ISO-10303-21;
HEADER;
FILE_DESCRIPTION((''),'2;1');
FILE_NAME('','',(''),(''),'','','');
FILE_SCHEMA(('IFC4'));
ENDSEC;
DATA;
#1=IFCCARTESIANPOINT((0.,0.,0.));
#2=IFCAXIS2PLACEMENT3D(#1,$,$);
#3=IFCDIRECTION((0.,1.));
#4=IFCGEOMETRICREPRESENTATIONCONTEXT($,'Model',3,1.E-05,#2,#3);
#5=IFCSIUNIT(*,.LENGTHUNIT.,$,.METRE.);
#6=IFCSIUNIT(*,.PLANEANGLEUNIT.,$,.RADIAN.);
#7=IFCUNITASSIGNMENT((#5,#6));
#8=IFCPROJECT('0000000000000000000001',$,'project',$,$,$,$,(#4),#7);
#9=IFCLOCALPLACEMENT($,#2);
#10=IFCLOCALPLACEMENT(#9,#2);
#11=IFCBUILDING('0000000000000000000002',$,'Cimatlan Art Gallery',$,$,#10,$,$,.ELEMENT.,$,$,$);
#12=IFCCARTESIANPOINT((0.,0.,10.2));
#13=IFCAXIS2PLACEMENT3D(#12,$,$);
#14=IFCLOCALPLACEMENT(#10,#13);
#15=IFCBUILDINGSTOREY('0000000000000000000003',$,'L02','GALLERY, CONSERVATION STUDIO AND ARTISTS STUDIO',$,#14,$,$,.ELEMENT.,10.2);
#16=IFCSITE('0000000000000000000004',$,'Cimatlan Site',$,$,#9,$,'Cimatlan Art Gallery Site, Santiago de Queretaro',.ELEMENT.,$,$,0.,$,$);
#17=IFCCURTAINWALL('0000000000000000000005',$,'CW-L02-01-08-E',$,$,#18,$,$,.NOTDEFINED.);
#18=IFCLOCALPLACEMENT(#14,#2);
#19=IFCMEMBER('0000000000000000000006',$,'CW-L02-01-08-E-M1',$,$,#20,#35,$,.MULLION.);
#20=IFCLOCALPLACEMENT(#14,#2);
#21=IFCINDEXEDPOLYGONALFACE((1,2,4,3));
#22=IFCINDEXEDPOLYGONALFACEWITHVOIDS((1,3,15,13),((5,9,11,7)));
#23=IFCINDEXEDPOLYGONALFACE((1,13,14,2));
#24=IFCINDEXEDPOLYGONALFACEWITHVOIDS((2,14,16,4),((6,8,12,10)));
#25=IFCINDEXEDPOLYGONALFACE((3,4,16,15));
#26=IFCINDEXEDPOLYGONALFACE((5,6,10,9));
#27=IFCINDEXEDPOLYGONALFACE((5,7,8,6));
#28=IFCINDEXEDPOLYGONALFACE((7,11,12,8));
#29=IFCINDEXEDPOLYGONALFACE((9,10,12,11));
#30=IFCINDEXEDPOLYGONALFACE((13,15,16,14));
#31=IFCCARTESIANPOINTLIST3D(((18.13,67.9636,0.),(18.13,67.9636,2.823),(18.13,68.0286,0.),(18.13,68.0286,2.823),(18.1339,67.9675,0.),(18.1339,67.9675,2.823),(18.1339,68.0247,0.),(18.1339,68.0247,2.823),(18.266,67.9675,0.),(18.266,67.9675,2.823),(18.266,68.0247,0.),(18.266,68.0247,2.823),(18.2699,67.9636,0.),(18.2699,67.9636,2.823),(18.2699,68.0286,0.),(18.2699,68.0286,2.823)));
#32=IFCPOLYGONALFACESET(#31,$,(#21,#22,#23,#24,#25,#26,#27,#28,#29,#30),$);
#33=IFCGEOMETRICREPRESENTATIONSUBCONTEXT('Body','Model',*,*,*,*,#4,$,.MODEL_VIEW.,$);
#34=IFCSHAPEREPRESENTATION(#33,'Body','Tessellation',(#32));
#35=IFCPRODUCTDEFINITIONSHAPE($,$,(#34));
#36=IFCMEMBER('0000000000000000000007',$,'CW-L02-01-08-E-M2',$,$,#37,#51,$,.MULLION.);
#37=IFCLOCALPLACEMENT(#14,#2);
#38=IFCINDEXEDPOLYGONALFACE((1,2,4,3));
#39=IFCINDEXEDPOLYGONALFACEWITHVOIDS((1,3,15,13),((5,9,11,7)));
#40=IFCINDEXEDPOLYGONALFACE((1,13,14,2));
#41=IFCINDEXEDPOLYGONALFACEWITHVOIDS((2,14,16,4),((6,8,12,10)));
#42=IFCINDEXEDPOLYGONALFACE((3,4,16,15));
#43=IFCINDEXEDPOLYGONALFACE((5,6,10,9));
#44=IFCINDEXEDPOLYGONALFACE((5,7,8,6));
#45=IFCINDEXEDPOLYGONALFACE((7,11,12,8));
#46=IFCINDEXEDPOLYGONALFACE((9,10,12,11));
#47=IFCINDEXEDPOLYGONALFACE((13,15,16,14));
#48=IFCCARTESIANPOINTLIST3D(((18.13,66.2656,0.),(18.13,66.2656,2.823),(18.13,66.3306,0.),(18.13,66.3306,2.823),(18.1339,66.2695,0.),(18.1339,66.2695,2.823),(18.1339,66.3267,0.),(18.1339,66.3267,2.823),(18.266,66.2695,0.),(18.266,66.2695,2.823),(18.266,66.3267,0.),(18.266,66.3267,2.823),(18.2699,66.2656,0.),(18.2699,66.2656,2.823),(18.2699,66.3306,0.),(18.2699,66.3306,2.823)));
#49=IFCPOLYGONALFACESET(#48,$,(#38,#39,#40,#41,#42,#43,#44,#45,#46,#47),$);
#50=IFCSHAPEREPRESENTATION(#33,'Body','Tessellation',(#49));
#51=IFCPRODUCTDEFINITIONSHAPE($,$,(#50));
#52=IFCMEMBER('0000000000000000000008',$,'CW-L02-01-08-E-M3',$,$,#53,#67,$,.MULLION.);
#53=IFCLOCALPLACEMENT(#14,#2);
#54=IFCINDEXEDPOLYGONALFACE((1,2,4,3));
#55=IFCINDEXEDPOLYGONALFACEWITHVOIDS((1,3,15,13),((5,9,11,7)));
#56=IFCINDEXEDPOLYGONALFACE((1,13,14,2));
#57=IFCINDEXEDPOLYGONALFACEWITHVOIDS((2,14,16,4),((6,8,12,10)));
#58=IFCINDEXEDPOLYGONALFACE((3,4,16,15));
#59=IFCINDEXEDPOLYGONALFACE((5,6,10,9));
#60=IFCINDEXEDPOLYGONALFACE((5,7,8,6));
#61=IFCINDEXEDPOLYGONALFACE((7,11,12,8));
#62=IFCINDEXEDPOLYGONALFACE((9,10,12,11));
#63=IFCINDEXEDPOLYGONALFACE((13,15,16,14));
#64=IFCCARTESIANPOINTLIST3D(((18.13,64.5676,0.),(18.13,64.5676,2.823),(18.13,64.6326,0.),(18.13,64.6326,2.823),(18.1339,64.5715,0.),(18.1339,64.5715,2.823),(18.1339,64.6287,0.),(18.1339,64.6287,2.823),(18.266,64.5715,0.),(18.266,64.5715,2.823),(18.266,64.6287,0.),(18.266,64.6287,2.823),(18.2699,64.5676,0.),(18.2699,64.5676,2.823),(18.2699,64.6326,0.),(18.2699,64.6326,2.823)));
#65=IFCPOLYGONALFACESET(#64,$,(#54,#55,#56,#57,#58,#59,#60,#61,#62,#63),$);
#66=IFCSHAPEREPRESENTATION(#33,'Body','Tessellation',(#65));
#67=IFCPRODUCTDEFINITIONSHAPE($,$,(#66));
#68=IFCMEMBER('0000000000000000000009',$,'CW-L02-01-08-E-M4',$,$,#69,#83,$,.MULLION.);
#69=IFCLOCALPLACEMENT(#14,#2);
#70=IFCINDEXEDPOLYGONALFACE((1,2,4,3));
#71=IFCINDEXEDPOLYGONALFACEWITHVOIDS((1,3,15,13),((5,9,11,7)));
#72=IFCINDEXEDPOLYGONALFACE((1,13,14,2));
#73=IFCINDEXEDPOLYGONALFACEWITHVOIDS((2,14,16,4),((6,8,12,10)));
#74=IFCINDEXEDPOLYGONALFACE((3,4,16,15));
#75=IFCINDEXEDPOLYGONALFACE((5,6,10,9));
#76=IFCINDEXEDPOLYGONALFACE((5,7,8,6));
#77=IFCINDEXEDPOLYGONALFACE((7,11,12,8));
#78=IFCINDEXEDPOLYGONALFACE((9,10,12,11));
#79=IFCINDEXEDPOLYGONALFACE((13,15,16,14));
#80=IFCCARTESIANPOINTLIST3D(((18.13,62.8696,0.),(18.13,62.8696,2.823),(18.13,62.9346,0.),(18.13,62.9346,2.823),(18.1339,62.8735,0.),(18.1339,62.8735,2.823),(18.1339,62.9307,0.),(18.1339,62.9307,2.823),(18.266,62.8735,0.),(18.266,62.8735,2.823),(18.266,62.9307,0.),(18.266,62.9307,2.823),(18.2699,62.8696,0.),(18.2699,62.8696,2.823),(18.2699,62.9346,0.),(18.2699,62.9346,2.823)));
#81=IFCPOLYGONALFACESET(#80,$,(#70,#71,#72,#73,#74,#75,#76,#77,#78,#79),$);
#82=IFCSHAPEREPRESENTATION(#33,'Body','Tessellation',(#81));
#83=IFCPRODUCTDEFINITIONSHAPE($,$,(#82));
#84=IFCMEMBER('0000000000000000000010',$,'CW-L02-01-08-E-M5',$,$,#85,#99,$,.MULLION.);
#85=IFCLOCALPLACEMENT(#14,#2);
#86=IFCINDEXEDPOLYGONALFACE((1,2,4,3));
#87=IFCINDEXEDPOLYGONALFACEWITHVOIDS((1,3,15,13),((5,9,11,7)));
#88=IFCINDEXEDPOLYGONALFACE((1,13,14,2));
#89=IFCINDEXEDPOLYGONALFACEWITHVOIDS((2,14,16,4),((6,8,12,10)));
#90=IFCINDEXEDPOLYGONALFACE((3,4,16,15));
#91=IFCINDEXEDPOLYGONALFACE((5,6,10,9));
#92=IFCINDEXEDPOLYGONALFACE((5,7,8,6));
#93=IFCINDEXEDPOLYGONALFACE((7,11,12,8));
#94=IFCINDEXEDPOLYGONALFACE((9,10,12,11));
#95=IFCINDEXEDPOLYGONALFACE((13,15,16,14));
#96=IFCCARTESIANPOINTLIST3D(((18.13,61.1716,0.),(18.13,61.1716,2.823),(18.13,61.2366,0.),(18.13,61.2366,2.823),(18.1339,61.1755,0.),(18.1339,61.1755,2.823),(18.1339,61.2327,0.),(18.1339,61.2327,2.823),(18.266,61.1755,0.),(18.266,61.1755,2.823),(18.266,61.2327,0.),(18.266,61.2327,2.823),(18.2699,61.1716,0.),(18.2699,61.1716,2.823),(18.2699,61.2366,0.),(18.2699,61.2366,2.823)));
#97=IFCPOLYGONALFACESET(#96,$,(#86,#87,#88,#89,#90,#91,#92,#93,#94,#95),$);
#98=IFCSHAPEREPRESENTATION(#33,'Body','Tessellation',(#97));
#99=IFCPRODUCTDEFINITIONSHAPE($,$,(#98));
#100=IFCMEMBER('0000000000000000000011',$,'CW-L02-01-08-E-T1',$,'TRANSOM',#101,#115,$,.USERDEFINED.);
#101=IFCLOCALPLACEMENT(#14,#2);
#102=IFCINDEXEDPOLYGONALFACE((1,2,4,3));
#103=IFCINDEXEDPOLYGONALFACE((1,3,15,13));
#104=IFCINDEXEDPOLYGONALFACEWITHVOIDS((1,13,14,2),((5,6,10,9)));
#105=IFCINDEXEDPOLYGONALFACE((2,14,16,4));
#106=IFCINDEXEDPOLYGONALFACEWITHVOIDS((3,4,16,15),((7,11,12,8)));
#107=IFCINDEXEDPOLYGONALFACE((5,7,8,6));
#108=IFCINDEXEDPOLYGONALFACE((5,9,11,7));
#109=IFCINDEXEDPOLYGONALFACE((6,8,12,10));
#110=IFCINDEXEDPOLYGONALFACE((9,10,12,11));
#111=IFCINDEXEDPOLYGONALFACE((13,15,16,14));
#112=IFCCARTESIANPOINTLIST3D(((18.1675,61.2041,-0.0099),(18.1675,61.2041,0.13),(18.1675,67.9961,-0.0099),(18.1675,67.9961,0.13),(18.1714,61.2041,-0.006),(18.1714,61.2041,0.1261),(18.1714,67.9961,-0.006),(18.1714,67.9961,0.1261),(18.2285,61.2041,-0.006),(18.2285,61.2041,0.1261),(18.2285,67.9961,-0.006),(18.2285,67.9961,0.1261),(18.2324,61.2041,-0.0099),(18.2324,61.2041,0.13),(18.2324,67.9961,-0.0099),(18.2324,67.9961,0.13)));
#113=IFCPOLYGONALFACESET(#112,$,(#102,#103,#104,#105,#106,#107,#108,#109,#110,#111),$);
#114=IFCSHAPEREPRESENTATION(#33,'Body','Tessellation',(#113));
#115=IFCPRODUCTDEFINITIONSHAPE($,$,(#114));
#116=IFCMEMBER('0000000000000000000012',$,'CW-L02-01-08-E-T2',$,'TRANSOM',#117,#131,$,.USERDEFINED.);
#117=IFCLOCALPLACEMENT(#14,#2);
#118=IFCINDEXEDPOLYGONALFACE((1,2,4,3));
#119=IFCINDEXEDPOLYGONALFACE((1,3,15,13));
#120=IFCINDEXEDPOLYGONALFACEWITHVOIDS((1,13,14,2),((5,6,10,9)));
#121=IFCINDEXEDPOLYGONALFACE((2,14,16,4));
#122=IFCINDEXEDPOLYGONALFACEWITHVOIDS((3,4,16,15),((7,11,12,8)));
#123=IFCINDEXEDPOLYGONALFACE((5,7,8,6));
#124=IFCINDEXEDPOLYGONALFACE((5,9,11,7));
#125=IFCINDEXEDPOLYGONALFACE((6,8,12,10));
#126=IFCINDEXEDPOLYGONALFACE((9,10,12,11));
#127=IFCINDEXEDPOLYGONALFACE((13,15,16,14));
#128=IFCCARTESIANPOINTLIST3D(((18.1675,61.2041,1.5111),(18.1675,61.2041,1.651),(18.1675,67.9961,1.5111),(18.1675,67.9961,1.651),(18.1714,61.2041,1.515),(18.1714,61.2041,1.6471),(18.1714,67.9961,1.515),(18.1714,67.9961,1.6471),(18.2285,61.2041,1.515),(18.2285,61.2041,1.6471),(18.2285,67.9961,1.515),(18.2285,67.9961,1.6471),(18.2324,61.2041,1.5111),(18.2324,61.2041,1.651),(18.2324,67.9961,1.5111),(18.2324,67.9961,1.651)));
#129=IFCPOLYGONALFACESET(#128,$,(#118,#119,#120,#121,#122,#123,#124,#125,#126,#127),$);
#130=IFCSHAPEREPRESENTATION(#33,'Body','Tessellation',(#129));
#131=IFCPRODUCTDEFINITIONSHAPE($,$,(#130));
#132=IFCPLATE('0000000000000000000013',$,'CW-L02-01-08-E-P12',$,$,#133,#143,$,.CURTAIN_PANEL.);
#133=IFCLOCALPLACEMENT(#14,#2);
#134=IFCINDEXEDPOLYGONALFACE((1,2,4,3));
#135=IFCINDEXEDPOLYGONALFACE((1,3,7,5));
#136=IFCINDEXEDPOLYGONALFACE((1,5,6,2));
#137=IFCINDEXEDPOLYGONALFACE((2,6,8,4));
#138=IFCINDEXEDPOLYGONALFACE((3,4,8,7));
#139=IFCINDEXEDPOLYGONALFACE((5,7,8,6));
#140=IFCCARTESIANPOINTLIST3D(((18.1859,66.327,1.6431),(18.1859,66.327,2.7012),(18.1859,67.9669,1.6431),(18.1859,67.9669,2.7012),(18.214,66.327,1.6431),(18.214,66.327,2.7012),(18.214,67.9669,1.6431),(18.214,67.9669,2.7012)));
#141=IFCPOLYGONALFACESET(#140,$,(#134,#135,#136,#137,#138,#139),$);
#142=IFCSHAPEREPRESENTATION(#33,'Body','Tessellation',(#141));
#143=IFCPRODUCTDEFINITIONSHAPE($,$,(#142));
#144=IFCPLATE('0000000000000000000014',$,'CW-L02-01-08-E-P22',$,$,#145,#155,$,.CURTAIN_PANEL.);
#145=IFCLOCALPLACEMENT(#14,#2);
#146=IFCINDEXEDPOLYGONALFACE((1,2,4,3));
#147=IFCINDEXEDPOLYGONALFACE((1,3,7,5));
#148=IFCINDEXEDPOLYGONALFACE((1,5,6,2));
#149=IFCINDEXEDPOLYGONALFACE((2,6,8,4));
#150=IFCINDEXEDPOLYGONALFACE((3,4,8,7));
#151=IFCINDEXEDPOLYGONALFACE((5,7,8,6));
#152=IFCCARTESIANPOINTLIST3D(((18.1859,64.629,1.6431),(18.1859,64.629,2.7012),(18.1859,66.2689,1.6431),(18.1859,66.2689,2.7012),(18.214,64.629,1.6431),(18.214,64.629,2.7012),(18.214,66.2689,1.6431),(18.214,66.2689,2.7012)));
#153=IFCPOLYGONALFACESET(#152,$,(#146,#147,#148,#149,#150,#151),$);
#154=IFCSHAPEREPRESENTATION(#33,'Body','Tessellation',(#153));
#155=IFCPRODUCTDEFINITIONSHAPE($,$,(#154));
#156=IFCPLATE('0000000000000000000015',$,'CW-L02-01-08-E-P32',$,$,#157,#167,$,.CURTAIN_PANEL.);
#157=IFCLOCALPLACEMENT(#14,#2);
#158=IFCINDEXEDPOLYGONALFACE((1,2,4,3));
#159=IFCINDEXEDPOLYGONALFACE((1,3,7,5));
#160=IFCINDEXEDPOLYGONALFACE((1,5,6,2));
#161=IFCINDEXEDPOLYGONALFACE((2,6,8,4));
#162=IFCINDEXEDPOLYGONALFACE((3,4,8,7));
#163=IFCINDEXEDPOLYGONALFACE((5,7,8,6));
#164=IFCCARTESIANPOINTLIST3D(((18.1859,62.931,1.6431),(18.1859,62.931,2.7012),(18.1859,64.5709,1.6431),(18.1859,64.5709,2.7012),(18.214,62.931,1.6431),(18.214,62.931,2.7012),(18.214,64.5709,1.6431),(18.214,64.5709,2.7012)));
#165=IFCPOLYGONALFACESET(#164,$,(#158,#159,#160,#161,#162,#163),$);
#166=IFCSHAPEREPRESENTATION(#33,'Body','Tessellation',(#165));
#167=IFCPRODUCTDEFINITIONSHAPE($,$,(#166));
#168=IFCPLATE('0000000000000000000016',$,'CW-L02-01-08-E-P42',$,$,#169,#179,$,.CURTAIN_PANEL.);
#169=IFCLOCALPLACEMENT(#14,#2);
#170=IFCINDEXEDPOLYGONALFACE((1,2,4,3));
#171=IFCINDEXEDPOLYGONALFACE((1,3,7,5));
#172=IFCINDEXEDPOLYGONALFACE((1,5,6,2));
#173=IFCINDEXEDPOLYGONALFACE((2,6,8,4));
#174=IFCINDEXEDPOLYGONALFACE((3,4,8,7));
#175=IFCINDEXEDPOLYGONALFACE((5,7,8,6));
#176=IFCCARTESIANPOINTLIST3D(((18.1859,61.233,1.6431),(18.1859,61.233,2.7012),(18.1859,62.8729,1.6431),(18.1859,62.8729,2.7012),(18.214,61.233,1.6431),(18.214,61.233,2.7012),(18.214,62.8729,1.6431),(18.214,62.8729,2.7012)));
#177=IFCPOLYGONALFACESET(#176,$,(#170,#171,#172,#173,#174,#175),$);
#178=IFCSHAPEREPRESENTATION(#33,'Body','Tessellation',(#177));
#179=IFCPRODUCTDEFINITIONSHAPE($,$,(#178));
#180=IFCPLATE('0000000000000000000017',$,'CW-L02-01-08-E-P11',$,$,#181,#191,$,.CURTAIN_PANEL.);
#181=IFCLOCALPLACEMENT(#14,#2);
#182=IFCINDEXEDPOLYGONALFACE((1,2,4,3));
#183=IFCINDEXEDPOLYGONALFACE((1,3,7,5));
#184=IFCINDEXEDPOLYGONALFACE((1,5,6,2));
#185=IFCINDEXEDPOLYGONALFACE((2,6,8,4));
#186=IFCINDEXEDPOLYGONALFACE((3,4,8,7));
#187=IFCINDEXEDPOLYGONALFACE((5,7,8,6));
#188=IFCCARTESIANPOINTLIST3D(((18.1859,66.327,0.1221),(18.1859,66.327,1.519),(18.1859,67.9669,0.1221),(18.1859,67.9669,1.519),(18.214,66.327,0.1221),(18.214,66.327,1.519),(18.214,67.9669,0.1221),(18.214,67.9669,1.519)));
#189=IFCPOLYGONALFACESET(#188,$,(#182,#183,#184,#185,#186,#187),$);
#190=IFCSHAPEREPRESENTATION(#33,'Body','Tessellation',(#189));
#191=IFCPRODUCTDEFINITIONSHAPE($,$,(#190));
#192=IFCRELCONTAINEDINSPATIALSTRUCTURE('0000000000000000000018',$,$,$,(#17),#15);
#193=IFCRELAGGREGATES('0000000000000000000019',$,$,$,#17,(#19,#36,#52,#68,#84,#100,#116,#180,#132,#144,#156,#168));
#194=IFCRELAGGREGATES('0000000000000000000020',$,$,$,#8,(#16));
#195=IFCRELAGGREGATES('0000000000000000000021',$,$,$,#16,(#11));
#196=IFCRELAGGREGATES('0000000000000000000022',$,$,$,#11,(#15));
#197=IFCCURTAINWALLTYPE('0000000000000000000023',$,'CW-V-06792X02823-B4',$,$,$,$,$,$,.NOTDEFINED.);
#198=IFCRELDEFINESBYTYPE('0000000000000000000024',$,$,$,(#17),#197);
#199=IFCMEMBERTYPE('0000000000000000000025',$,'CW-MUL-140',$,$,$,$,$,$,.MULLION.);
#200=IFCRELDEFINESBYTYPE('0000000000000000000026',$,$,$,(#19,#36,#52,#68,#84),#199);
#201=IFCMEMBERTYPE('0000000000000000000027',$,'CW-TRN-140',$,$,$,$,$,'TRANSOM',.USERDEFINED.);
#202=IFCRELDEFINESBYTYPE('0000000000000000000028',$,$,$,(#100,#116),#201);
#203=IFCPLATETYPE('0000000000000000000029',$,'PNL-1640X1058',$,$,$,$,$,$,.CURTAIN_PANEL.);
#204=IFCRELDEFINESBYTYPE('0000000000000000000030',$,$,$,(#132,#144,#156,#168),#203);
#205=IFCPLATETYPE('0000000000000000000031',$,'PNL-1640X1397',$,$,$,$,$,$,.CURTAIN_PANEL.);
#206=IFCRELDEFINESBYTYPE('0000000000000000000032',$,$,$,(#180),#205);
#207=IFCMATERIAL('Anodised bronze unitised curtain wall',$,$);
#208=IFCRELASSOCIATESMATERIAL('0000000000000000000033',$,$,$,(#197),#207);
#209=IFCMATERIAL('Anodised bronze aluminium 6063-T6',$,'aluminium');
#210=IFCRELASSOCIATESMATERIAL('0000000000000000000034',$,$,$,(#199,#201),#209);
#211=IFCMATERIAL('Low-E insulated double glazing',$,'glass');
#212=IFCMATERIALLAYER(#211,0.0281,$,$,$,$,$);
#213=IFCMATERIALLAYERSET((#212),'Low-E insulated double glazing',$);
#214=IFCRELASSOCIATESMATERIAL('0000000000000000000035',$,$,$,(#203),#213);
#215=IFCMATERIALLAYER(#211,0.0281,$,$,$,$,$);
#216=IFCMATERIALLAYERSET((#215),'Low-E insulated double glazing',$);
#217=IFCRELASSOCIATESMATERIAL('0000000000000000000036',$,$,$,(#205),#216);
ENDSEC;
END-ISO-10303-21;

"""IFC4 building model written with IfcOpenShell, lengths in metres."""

from ifc_helpers import new_model, si_unit, direction, frame, origin, origin_2d, place, context, subcontext, project, spatial, rectangle, hollow_rectangle, extrude, material, layer, layer_set, material_profile, profile_set, type_object, element, aggregate, save


model = new_model("IFC4")

# Units and contexts
model_context = context("Model", 3, precision=1e-05, world=origin(), true_north=direction((0.0, 1.0)))
body_context = subcontext(model_context, "Body", "Model", "MODEL_VIEW")
ifc_project = project(units=[si_unit("LENGTHUNIT", "METRE"), si_unit("PLANEANGLEUNIT", "RADIAN")], contexts=[model_context])

# Site, building, storey
site_placement = place(None, origin())
site = spatial("IfcSite", under=ifc_project, at=site_placement, Name="Cimatlan Site", LongName="Cimatlan Art Gallery Site, Santiago de Queretaro", CompositionType="ELEMENT", RefElevation=0.0)
building_placement = place(site_placement, origin())
building = spatial("IfcBuilding", under=site, at=building_placement, Name="Cimatlan Art Gallery", CompositionType="ELEMENT")
storey_placement = place(building_placement, frame((0.0, 0.0, 10.2)))
storey = spatial("IfcBuildingStorey", under=building, at=storey_placement, Name="L02", Description="GALLERY, CONSERVATION STUDIO AND ARTISTS STUDIO", CompositionType="ELEMENT", Elevation=10.2)

# Curtain wall, members, plates
ifc_material_1 = material(Name="Anodised bronze unitised curtain wall")
curtain_wall_type = type_object("IfcCurtainWallType", Name="CW-V-06792X02823-B4", PredefinedType="NOTDEFINED", material=ifc_material_1)
curtain_wall_placement = place(storey_placement, origin())
curtain_wall = element("IfcCurtainWall", 1, at=curtain_wall_placement, inside=storey, type_object=curtain_wall_type, Name="CW-L02-01-08-E", PredefinedType="NOTDEFINED")
ifc_material_2 = material(Name="Anodised bronze aluminium 6063-T6", Category="aluminium")
ifc_material_profile_1 = material_profile(ifc_material_2, hollow_rectangle(XDim=0.0649, YDim=0.1399, WallThickness=0.0039, at=origin_2d()), Name="ALU65X140X4")
ifc_profile_set_1 = profile_set([ifc_material_profile_1], Name="Anodised bronze aluminium 6063-T6")
member_type_1 = type_object("IfcMemberType", Name="CW-MUL-140", PredefinedType="MULLION", material=ifc_profile_set_1)
member_1_placement = place(storey_placement, frame((18.2, 67.9961, 0.0), z_axis=(0.0, 0.0, 1.0), x_axis=(0.0, 1.0, 0.0)))
member_1 = element("IfcMember", 2, at=member_1_placement, type_object=member_type_1, Name="CW-L02-01-08-E-M1", PredefinedType="MULLION", context=body_context, shape_type="SweptSolid", body=[
    extrude(hollow_rectangle(XDim=0.0649, YDim=0.1399, WallThickness=0.0039, at=origin_2d()), origin(), (0.0, 0.0, 1.0), 2.823),
])
member_2_placement = place(storey_placement, frame((18.2, 66.2981, 0.0), z_axis=(0.0, 0.0, 1.0), x_axis=(0.0, 1.0, 0.0)))
member_2 = element("IfcMember", 3, at=member_2_placement, type_object=member_type_1, Name="CW-L02-01-08-E-M2", PredefinedType="MULLION", context=body_context, shape_type="SweptSolid", body=[
    extrude(hollow_rectangle(XDim=0.0649, YDim=0.1399, WallThickness=0.0039, at=origin_2d()), origin(), (0.0, 0.0, 1.0), 2.823),
])
member_3_placement = place(storey_placement, frame((18.2, 64.6001, 0.0), z_axis=(0.0, 0.0, 1.0), x_axis=(0.0, 1.0, 0.0)))
member_3 = element("IfcMember", 4, at=member_3_placement, type_object=member_type_1, Name="CW-L02-01-08-E-M3", PredefinedType="MULLION", context=body_context, shape_type="SweptSolid", body=[
    extrude(hollow_rectangle(XDim=0.0649, YDim=0.1399, WallThickness=0.0039, at=origin_2d()), origin(), (0.0, 0.0, 1.0), 2.823),
])
member_4_placement = place(storey_placement, frame((18.2, 62.9021, 0.0), z_axis=(0.0, 0.0, 1.0), x_axis=(0.0, 1.0, 0.0)))
member_4 = element("IfcMember", 5, at=member_4_placement, type_object=member_type_1, Name="CW-L02-01-08-E-M4", PredefinedType="MULLION", context=body_context, shape_type="SweptSolid", body=[
    extrude(hollow_rectangle(XDim=0.0649, YDim=0.1399, WallThickness=0.0039, at=origin_2d()), origin(), (0.0, 0.0, 1.0), 2.823),
])
member_5_placement = place(storey_placement, frame((18.2, 61.2041, 0.0), z_axis=(0.0, 0.0, 1.0), x_axis=(0.0, 1.0, 0.0)))
member_5 = element("IfcMember", 6, at=member_5_placement, type_object=member_type_1, Name="CW-L02-01-08-E-M5", PredefinedType="MULLION", context=body_context, shape_type="SweptSolid", body=[
    extrude(hollow_rectangle(XDim=0.0649, YDim=0.1399, WallThickness=0.0039, at=origin_2d()), origin(), (0.0, 0.0, 1.0), 2.823),
])
ifc_material_profile_2 = material_profile(ifc_material_2, hollow_rectangle(XDim=0.0649, YDim=0.1399, WallThickness=0.0039, at=origin_2d()), Name="ALU65X140X4")
ifc_profile_set_2 = profile_set([ifc_material_profile_2], Name="Anodised bronze aluminium 6063-T6")
member_type_2 = type_object("IfcMemberType", Name="CW-TRN-140", ElementType="TRANSOM", PredefinedType="USERDEFINED", material=ifc_profile_set_2)
member_6_placement = place(storey_placement, frame((18.2, 67.9961, 0.0601), z_axis=(0.0, -1.0, 0.0), x_axis=(1.0, 0.0, 0.0)))
member_6 = element("IfcMember", 7, at=member_6_placement, type_object=member_type_2, Name="CW-L02-01-08-E-T1", ObjectType="TRANSOM", PredefinedType="USERDEFINED", context=body_context, shape_type="SweptSolid", body=[
    extrude(hollow_rectangle(XDim=0.0649, YDim=0.1399, WallThickness=0.0039, at=origin_2d()), origin(), (0.0, 0.0, 1.0), 6.792),
])
member_7_placement = place(storey_placement, frame((18.2, 67.9961, 1.5811), z_axis=(0.0, -1.0, 0.0), x_axis=(1.0, 0.0, 0.0)))
member_7 = element("IfcMember", 8, at=member_7_placement, type_object=member_type_2, Name="CW-L02-01-08-E-T2", ObjectType="TRANSOM", PredefinedType="USERDEFINED", context=body_context, shape_type="SweptSolid", body=[
    extrude(hollow_rectangle(XDim=0.0649, YDim=0.1399, WallThickness=0.0039, at=origin_2d()), origin(), (0.0, 0.0, 1.0), 6.792),
])
ifc_material_3 = material(Name="Low-E insulated double glazing", Category="glass")
ifc_layer_1 = layer(ifc_material_3, 0.0281)
ifc_layer_set_1 = layer_set([ifc_layer_1], Name="Low-E insulated double glazing")
plate_type_1 = type_object("IfcPlateType", Name="PNL-1640X1058", PredefinedType="CURTAIN_PANEL", material=ifc_layer_set_1)
plate_1_placement = place(storey_placement, frame((18.2, 67.147, 1.6431), z_axis=(0.0, 0.0, 1.0), x_axis=(0.0, -1.0, 0.0)))
plate_1 = element("IfcPlate", 9, at=plate_1_placement, type_object=plate_type_1, Name="CW-L02-01-08-E-P12", PredefinedType="CURTAIN_PANEL", context=body_context, shape_type="SweptSolid", body=[
    extrude(rectangle(XDim=1.6399, YDim=0.0281, at=origin_2d()), origin(), (0.0, 0.0, 1.0), 1.0581),
])
plate_2_placement = place(storey_placement, frame((18.2, 65.449, 1.6431), z_axis=(0.0, 0.0, 1.0), x_axis=(0.0, -1.0, 0.0)))
plate_2 = element("IfcPlate", 10, at=plate_2_placement, type_object=plate_type_1, Name="CW-L02-01-08-E-P22", PredefinedType="CURTAIN_PANEL", context=body_context, shape_type="SweptSolid", body=[
    extrude(rectangle(XDim=1.6399, YDim=0.0281, at=origin_2d()), origin(), (0.0, 0.0, 1.0), 1.0581),
])
plate_3_placement = place(storey_placement, frame((18.2, 63.751, 1.6431), z_axis=(0.0, 0.0, 1.0), x_axis=(0.0, -1.0, 0.0)))
plate_3 = element("IfcPlate", 11, at=plate_3_placement, type_object=plate_type_1, Name="CW-L02-01-08-E-P32", PredefinedType="CURTAIN_PANEL", context=body_context, shape_type="SweptSolid", body=[
    extrude(rectangle(XDim=1.6399, YDim=0.0281, at=origin_2d()), origin(), (0.0, 0.0, 1.0), 1.0581),
])
plate_4_placement = place(storey_placement, frame((18.2, 62.053, 1.6431), z_axis=(0.0, 0.0, 1.0), x_axis=(0.0, -1.0, 0.0)))
plate_4 = element("IfcPlate", 12, at=plate_4_placement, type_object=plate_type_1, Name="CW-L02-01-08-E-P42", PredefinedType="CURTAIN_PANEL", context=body_context, shape_type="SweptSolid", body=[
    extrude(rectangle(XDim=1.6399, YDim=0.0281, at=origin_2d()), origin(), (0.0, 0.0, 1.0), 1.0581),
])
ifc_layer_2 = layer(ifc_material_3, 0.0281)
ifc_layer_set_2 = layer_set([ifc_layer_2], Name="Low-E insulated double glazing")
plate_type_2 = type_object("IfcPlateType", Name="PNL-1640X1397", PredefinedType="CURTAIN_PANEL", material=ifc_layer_set_2)
plate_5_placement = place(storey_placement, frame((18.2, 67.147, 0.1221), z_axis=(0.0, 0.0, 1.0), x_axis=(0.0, -1.0, 0.0)))
plate_5 = element("IfcPlate", 13, at=plate_5_placement, type_object=plate_type_2, Name="CW-L02-01-08-E-P11", PredefinedType="CURTAIN_PANEL", context=body_context, shape_type="SweptSolid", body=[
    extrude(rectangle(XDim=1.6399, YDim=0.0281, at=origin_2d()), origin(), (0.0, 0.0, 1.0), 1.397),
])
aggregate(curtain_wall, [member_1, member_2, member_3, member_4, member_5, member_6, member_7, plate_5, plate_1, plate_2, plate_3, plate_4])

save(model, "model.ifc")
